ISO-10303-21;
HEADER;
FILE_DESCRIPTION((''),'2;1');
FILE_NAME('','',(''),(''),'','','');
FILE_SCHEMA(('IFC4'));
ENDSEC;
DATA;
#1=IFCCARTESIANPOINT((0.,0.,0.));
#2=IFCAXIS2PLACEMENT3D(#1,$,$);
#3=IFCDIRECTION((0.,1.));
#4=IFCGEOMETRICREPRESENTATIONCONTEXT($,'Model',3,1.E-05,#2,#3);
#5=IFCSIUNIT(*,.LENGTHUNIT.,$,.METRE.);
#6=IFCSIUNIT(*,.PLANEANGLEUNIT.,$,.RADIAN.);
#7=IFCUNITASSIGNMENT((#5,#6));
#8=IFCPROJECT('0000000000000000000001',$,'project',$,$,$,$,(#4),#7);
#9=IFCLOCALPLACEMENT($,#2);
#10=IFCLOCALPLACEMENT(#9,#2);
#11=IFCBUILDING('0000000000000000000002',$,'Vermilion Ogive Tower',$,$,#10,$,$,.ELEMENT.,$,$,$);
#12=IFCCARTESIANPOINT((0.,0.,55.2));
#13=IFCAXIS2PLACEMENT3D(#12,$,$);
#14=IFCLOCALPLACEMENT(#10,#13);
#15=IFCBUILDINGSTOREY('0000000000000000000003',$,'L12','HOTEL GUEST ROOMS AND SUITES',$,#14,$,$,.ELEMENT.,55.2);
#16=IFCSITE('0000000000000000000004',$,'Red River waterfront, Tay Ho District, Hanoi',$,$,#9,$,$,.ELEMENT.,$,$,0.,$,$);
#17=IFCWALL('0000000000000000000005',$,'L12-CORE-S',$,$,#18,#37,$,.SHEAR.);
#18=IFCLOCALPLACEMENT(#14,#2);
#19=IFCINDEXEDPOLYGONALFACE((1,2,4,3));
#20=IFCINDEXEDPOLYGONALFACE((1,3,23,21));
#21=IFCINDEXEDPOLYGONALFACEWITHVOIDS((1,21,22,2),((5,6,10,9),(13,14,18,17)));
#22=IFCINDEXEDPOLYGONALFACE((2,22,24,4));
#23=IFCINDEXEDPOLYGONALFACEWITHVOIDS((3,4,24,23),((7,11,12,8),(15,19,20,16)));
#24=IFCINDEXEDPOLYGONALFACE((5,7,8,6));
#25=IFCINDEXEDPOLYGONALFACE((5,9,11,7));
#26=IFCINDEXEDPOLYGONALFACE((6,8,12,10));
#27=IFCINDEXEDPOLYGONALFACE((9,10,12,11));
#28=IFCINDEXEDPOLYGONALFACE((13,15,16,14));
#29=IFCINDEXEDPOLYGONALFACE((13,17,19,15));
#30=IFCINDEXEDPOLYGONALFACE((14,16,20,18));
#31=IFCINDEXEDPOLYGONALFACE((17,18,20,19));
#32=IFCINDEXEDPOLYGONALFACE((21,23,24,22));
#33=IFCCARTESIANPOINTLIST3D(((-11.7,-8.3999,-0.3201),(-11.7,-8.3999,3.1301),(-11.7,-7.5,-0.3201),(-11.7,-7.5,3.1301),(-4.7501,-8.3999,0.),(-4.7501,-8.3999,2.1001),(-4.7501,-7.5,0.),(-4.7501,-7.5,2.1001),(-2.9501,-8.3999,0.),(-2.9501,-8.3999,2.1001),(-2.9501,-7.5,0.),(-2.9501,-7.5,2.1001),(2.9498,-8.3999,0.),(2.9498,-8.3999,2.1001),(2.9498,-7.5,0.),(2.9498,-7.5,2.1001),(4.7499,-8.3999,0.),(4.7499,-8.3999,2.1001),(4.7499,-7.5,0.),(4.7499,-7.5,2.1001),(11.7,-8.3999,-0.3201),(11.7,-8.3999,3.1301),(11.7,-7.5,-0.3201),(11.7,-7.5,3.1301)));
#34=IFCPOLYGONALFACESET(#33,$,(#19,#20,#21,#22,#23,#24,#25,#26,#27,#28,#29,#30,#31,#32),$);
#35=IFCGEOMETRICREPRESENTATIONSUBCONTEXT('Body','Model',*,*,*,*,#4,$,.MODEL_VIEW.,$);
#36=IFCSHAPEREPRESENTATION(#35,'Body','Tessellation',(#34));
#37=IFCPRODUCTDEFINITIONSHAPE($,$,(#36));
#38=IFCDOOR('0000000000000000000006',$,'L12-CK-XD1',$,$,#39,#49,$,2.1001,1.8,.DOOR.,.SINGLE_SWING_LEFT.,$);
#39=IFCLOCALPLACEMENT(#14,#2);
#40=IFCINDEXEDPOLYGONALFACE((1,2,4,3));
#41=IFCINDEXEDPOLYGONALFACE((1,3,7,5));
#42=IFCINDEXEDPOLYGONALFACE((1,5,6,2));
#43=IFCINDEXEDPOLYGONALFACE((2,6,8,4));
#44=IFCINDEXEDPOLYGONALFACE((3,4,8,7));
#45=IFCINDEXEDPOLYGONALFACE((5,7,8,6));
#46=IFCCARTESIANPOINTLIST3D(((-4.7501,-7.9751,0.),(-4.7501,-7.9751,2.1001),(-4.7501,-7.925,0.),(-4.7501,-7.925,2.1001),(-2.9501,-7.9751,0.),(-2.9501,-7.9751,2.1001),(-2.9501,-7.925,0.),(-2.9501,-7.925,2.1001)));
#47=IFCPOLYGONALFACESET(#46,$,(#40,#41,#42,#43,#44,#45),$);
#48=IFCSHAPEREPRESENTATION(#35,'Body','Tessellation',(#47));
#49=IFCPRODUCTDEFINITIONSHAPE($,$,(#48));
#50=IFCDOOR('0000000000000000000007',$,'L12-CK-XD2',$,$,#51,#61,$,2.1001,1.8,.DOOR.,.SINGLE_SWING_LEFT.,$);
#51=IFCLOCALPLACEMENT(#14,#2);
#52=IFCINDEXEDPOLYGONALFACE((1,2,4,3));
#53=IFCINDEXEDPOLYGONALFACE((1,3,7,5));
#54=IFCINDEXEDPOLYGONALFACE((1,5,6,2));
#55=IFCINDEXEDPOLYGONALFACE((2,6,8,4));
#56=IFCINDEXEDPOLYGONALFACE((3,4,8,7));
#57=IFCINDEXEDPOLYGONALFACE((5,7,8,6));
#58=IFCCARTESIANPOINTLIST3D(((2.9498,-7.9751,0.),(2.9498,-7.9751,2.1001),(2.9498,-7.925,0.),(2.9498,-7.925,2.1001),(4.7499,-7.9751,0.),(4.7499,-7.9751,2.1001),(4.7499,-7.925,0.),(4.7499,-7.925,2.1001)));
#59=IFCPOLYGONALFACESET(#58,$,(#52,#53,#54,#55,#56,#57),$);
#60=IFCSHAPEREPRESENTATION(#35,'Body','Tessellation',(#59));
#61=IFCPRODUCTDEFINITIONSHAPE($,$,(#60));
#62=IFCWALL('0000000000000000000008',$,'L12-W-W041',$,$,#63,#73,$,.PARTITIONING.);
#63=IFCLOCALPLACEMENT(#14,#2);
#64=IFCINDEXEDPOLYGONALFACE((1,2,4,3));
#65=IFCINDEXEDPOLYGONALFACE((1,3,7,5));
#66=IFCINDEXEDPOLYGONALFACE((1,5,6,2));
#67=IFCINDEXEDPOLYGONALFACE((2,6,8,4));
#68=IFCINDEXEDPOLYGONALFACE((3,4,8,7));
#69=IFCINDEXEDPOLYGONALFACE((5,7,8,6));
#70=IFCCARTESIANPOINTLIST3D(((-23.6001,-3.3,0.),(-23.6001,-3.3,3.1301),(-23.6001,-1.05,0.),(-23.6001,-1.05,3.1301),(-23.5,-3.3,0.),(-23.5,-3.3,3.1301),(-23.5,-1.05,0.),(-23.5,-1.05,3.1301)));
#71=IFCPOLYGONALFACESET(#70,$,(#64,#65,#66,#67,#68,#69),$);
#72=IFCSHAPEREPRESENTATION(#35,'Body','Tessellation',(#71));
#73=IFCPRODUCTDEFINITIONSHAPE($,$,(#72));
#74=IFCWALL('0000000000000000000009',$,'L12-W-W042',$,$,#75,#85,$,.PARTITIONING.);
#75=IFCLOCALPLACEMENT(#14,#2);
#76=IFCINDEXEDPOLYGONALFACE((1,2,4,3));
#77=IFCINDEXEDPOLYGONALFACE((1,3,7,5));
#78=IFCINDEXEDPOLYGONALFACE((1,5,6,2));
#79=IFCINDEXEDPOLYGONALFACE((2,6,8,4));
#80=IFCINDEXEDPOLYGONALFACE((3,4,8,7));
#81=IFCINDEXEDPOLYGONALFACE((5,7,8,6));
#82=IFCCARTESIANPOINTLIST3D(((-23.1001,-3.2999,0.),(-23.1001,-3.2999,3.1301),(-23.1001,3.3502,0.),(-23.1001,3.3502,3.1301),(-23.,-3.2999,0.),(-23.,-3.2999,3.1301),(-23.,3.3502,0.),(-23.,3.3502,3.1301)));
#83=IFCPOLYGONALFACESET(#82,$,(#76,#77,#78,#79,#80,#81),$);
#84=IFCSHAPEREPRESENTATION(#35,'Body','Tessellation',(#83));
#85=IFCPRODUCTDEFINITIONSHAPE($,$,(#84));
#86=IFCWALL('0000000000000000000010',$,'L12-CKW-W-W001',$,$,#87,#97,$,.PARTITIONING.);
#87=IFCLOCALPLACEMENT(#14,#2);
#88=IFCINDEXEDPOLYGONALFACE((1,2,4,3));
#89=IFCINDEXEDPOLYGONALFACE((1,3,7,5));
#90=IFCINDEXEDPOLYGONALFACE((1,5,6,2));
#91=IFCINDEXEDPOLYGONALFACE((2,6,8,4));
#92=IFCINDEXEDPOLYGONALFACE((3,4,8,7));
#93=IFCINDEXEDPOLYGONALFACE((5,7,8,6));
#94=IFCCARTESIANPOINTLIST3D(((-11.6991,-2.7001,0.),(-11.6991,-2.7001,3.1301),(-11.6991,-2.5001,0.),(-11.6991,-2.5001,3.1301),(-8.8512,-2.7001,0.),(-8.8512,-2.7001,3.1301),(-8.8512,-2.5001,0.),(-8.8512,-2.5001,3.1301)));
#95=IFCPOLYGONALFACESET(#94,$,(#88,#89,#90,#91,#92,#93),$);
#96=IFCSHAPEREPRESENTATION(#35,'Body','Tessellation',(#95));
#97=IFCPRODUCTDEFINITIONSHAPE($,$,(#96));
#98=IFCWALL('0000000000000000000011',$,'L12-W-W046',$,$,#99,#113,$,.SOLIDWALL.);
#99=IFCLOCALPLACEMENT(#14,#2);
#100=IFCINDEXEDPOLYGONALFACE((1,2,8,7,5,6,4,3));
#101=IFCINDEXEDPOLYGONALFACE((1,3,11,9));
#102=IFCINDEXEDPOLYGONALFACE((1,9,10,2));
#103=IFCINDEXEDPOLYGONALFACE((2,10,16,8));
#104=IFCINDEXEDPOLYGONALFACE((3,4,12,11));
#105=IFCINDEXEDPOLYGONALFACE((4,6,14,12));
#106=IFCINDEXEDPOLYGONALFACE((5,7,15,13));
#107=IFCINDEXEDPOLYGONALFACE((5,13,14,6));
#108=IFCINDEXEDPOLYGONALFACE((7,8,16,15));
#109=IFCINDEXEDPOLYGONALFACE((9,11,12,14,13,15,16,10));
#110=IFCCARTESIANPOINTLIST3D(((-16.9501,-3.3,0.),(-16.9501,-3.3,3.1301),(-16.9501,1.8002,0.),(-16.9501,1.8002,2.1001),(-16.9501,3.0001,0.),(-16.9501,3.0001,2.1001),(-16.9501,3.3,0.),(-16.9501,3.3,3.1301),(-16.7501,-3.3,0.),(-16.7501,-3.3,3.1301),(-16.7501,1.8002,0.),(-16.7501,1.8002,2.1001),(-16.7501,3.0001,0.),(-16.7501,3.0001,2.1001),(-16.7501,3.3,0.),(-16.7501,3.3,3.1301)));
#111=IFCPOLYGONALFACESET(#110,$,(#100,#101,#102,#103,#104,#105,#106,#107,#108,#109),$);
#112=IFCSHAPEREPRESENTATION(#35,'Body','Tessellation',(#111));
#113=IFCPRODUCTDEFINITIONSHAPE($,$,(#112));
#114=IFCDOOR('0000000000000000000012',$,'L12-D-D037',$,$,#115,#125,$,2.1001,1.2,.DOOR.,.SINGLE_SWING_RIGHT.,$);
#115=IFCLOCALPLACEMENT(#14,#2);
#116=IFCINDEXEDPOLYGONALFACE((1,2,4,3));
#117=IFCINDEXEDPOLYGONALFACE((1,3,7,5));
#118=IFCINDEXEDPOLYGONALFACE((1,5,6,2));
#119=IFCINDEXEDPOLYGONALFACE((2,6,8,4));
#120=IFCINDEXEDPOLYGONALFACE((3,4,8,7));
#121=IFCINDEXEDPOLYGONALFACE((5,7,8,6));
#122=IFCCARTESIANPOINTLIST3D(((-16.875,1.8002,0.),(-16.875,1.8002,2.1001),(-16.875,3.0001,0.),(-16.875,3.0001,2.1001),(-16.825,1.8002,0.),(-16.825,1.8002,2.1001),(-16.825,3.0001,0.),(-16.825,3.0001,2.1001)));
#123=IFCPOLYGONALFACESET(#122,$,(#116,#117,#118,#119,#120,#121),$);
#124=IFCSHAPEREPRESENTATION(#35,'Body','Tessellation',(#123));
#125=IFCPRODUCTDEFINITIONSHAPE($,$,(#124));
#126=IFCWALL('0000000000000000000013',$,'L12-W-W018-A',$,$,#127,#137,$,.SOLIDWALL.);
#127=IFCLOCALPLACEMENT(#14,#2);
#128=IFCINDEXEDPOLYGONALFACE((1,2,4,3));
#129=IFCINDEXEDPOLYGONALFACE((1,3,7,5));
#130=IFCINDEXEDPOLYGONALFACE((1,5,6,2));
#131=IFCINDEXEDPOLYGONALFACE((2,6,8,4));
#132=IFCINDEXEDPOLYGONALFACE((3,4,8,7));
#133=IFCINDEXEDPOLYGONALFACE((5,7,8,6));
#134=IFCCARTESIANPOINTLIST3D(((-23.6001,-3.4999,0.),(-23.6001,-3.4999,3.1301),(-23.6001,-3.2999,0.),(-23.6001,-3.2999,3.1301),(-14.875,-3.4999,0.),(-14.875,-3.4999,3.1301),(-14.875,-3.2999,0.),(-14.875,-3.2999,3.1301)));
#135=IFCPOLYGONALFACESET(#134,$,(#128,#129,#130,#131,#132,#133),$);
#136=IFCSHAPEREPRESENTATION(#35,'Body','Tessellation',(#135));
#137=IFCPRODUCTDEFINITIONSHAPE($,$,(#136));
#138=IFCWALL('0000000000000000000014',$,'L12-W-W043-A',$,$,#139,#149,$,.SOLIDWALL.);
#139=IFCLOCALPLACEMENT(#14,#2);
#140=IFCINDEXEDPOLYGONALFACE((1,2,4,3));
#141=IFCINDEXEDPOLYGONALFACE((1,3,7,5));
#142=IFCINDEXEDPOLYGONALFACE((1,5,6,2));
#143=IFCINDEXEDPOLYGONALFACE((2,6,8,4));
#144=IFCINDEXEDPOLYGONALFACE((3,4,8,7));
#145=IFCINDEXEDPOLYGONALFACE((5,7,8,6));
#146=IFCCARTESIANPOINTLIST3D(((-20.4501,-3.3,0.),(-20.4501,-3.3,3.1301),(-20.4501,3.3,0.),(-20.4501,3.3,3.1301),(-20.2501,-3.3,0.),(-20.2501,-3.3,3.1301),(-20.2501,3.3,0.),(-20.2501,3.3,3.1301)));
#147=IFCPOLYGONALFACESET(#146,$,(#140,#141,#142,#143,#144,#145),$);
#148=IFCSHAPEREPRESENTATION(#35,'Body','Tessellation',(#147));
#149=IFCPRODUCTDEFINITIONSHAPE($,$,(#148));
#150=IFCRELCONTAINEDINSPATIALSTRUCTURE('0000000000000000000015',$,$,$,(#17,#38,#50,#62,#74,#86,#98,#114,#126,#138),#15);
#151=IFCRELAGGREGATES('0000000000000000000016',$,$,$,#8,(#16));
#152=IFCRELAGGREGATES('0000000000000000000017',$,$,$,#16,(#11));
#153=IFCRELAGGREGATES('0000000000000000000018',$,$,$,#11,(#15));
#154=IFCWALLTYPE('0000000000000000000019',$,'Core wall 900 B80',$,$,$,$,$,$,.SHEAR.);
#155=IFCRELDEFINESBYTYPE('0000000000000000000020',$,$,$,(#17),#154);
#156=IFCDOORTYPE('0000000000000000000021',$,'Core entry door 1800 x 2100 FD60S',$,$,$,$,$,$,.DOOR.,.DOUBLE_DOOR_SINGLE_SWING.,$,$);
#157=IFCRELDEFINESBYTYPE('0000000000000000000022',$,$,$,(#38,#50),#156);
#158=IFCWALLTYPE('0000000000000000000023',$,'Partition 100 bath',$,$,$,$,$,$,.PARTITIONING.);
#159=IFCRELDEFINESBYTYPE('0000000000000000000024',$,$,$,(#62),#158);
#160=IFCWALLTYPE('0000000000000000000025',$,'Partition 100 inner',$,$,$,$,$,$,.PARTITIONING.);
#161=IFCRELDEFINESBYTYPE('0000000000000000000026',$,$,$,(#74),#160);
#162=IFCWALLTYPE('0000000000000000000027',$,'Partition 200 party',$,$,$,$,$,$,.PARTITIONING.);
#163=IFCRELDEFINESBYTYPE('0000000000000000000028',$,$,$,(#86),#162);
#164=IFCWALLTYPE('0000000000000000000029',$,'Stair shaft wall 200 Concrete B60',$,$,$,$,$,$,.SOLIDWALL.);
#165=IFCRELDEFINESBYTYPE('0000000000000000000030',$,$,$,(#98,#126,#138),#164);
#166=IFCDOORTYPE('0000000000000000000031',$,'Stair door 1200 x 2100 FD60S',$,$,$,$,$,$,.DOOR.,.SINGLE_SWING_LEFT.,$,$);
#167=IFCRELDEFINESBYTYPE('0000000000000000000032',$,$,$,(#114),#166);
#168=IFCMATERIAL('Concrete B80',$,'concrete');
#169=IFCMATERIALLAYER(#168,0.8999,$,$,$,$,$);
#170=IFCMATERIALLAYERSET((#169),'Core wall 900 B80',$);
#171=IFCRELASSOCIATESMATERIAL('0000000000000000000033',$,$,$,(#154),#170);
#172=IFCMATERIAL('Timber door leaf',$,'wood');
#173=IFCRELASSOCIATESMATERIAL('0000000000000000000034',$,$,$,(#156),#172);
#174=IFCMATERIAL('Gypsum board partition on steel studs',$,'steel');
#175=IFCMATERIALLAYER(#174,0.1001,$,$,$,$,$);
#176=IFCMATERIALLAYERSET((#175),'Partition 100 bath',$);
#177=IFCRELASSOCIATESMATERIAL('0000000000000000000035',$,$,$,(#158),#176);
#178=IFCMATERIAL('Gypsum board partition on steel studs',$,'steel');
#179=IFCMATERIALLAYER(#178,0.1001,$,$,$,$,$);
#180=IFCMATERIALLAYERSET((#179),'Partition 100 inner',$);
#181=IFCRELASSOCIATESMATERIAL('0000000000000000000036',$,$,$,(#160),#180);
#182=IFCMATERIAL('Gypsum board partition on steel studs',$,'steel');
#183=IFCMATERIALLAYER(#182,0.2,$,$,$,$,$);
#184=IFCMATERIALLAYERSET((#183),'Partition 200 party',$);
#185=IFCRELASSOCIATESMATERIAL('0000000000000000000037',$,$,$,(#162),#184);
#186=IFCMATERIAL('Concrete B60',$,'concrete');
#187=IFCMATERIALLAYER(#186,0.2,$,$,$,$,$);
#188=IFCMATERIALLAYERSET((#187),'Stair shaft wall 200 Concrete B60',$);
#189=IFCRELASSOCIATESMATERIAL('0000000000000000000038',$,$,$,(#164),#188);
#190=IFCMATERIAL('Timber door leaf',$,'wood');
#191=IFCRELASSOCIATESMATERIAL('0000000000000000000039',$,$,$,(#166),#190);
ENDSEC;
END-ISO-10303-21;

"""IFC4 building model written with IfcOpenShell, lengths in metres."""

from ifc_helpers import new_model, si_unit, direction, frame, frame_2d, origin, place, context, subcontext, project, spatial, rectangle, extrude, material, layer, layer_set, type_object, element, fill, save


model = new_model("IFC4")

# Units and contexts
model_context = context("Model", 3, precision=1e-05, world=origin(), true_north=direction((0.0, 1.0)))
body_context = subcontext(model_context, "Body", "Model", "MODEL_VIEW")
ifc_project = project(units=[si_unit("LENGTHUNIT", "METRE"), si_unit("PLANEANGLEUNIT", "RADIAN")], contexts=[model_context])

# Site, building, storey
site_placement = place(None, origin())
site = spatial("IfcSite", under=ifc_project, at=site_placement, Name="Red River waterfront, Tay Ho District, Hanoi", CompositionType="ELEMENT", RefElevation=0.0)
building_placement = place(site_placement, origin())
building = spatial("IfcBuilding", under=site, at=building_placement, Name="Vermilion Ogive Tower", CompositionType="ELEMENT")
storey_placement = place(building_placement, frame((0.0, 0.0, 55.2)))
storey = spatial("IfcBuildingStorey", under=building, at=storey_placement, Name="L12", Description="HOTEL GUEST ROOMS AND SUITES", CompositionType="ELEMENT", Elevation=55.2)

# Wall, openings, doors
ifc_material_1 = material(Name="Concrete B80", Category="concrete")
ifc_layer_1 = layer(ifc_material_1, 0.8999)
ifc_layer_set_1 = layer_set([ifc_layer_1], Name="Core wall 900 B80")
wall_type_1 = type_object("IfcWallType", Name="Core wall 900 B80", PredefinedType="SHEAR", material=ifc_layer_set_1)
wall_1_placement = place(storey_placement, frame((-11.7, -7.95, -0.3201), z_axis=(0.0, 0.0, 1.0), x_axis=(1.0, 0.0, 0.0)))
wall_1 = element("IfcWall", 1, at=wall_1_placement, inside=storey, type_object=wall_type_1, Name="L12-CORE-S", PredefinedType="SHEAR", context=body_context, shape_type="SweptSolid", body=[
    extrude(rectangle(XDim=23.3999, YDim=0.8999, at=frame_2d((11.7, 0.0))), origin(), (0.0, 0.0, 1.0), 3.4502),
])
opening_1_placement = place(wall_1_placement, frame((6.95, 0.0, 0.3201)))
opening_1 = element("IfcOpeningElement", 2, at=opening_1_placement, cuts=wall_1, PredefinedType="OPENING", context=body_context, shape_type="SweptSolid", body=[
    extrude(rectangle(XDim=1.8, YDim=2.1001, at=frame_2d((0.8999, 1.05))), frame((0.0, 0.46, 0.0), z_axis=(0.0, -1.0, 0.0), x_axis=(1.0, 0.0, 0.0)), (0.0, 0.0, 1.0), 0.9199),
])
opening_2_placement = place(wall_1_placement, frame((14.6499, 0.0, 0.3201)))
opening_2 = element("IfcOpeningElement", 3, at=opening_2_placement, cuts=wall_1, PredefinedType="OPENING", context=body_context, shape_type="SweptSolid", body=[
    extrude(rectangle(XDim=1.8, YDim=2.1001, at=frame_2d((0.8999, 1.05))), frame((0.0, 0.46, 0.0), z_axis=(0.0, -1.0, 0.0), x_axis=(1.0, 0.0, 0.0)), (0.0, 0.0, 1.0), 0.9199),
])
ifc_material_2 = material(Name="Timber door leaf", Category="wood")
door_type_1 = type_object("IfcDoorType", Name="Core entry door 1800 x 2100 FD60S", OperationType="DOUBLE_DOOR_SINGLE_SWING", PredefinedType="DOOR", material=ifc_material_2)
door_1_placement = place(opening_1_placement, origin())
door_1 = element("IfcDoor", 4, at=door_1_placement, inside=storey, type_object=door_type_1, Name="L12-CK-XD1", OperationType="SINGLE_SWING_LEFT", OverallHeight=2.1001, OverallWidth=1.8, PredefinedType="DOOR", context=body_context, shape_type="SweptSolid", body=[
    extrude(rectangle(XDim=1.8, YDim=2.1001, at=frame_2d((0.8999, 1.05))), frame((0.0, 0.0249, 0.0), z_axis=(0.0, -1.0, 0.0), x_axis=(1.0, 0.0, 0.0)), (0.0, 0.0, 1.0), 0.05),
])
fill(opening_1, door_1)
door_2_placement = place(opening_2_placement, origin())
door_2 = element("IfcDoor", 5, at=door_2_placement, inside=storey, type_object=door_type_1, Name="L12-CK-XD2", OperationType="SINGLE_SWING_LEFT", OverallHeight=2.1001, OverallWidth=1.8, PredefinedType="DOOR", context=body_context, shape_type="SweptSolid", body=[
    extrude(rectangle(XDim=1.8, YDim=2.1001, at=frame_2d((0.8999, 1.05))), frame((0.0, 0.0249, 0.0), z_axis=(0.0, -1.0, 0.0), x_axis=(1.0, 0.0, 0.0)), (0.0, 0.0, 1.0), 0.05),
])
fill(opening_2, door_2)

# Walls
ifc_material_3 = material(Name="Gypsum board partition on steel studs", Category="steel")
ifc_layer_2 = layer(ifc_material_3, 0.1001)
ifc_layer_set_2 = layer_set([ifc_layer_2], Name="Partition 100 bath")
wall_type_2 = type_object("IfcWallType", Name="Partition 100 bath", PredefinedType="PARTITIONING", material=ifc_layer_set_2)
wall_2_placement = place(storey_placement, frame((-23.55, -3.3, 0.0), z_axis=(0.0, 0.0, 1.0), x_axis=(0.0, 1.0, 0.0)))
element("IfcWall", 6, at=wall_2_placement, inside=storey, type_object=wall_type_2, Name="L12-W-W041", PredefinedType="PARTITIONING", context=body_context, shape_type="SweptSolid", body=[
    extrude(rectangle(XDim=2.25, YDim=0.1001, at=frame_2d((1.125, 0.0))), origin(), (0.0, 0.0, 1.0), 3.1301),
])
ifc_material_4 = material(Name="Gypsum board partition on steel studs", Category="steel")
ifc_layer_3 = layer(ifc_material_4, 0.1001)
ifc_layer_set_3 = layer_set([ifc_layer_3], Name="Partition 100 inner")
wall_type_3 = type_object("IfcWallType", Name="Partition 100 inner", PredefinedType="PARTITIONING", material=ifc_layer_set_3)
wall_3_placement = place(storey_placement, frame((-23.05, -3.3, 0.0), z_axis=(0.0, 0.0, 1.0), x_axis=(0.0, 1.0, 0.0)))
element("IfcWall", 7, at=wall_3_placement, inside=storey, type_object=wall_type_3, Name="L12-W-W042", PredefinedType="PARTITIONING", context=body_context, shape_type="SweptSolid", body=[
    extrude(rectangle(XDim=6.6501, YDim=0.1001, at=frame_2d((3.3252, 0.0))), origin(), (0.0, 0.0, 1.0), 3.1301),
])
ifc_material_5 = material(Name="Gypsum board partition on steel studs", Category="steel")
ifc_layer_4 = layer(ifc_material_5, 0.2)
ifc_layer_set_4 = layer_set([ifc_layer_4], Name="Partition 200 party")
wall_type_4 = type_object("IfcWallType", Name="Partition 200 party", PredefinedType="PARTITIONING", material=ifc_layer_set_4)
wall_4_placement = place(storey_placement, frame((-11.699, -2.6001, 0.0), z_axis=(0.0, 0.0, 1.0), x_axis=(1.0, 0.0, 0.0)))
element("IfcWall", 8, at=wall_4_placement, inside=storey, type_object=wall_type_4, Name="L12-CKW-W-W001", PredefinedType="PARTITIONING", context=body_context, shape_type="SweptSolid", body=[
    extrude(rectangle(XDim=2.8479, YDim=0.2, at=frame_2d((1.4238, 0.0))), origin(), (0.0, 0.0, 1.0), 3.1301),
])

# Wall, opening, door
ifc_material_6 = material(Name="Concrete B60", Category="concrete")
ifc_layer_5 = layer(ifc_material_6, 0.2)
ifc_layer_set_5 = layer_set([ifc_layer_5], Name="Stair shaft wall 200 Concrete B60")
wall_type_5 = type_object("IfcWallType", Name="Stair shaft wall 200 Concrete B60", PredefinedType="SOLIDWALL", material=ifc_layer_set_5)
wall_5_placement = place(storey_placement, frame((-16.8501, -3.3, 0.0), z_axis=(0.0, 0.0, 1.0), x_axis=(0.0, 1.0, 0.0)))
wall_5 = element("IfcWall", 9, at=wall_5_placement, inside=storey, type_object=wall_type_5, Name="L12-W-W046", PredefinedType="SOLIDWALL", context=body_context, shape_type="SweptSolid", body=[
    extrude(rectangle(XDim=6.6001, YDim=0.2, at=frame_2d((3.3, 0.0))), origin(), (0.0, 0.0, 1.0), 3.1301),
])
opening_3_placement = place(wall_5_placement, frame((5.1001, 0.0, 0.0)))
opening_3 = element("IfcOpeningElement", 10, at=opening_3_placement, cuts=wall_5, PredefinedType="OPENING", context=body_context, shape_type="SweptSolid", body=[
    extrude(rectangle(XDim=1.2, YDim=2.1001, at=frame_2d((0.6001, 1.05))), frame((0.0, 0.1099, 0.0), z_axis=(0.0, -1.0, 0.0), x_axis=(1.0, 0.0, 0.0)), (0.0, 0.0, 1.0), 0.22),
])
ifc_material_7 = material(Name="Timber door leaf", Category="wood")
door_type_2 = type_object("IfcDoorType", Name="Stair door 1200 x 2100 FD60S", OperationType="SINGLE_SWING_LEFT", PredefinedType="DOOR", material=ifc_material_7)
door_3_placement = place(opening_3_placement, origin())
door_3 = element("IfcDoor", 11, at=door_3_placement, inside=storey, type_object=door_type_2, Name="L12-D-D037", OperationType="SINGLE_SWING_RIGHT", OverallHeight=2.1001, OverallWidth=1.2, PredefinedType="DOOR", context=body_context, shape_type="SweptSolid", body=[
    extrude(rectangle(XDim=1.2, YDim=2.1001, at=frame_2d((0.6001, 1.05))), frame((0.0, 0.0249, 0.0), z_axis=(0.0, -1.0, 0.0), x_axis=(1.0, 0.0, 0.0)), (0.0, 0.0, 1.0), 0.05),
])
fill(opening_3, door_3)

# Walls
wall_6_placement = place(storey_placement, frame((-23.6001, -3.3999, 0.0), z_axis=(0.0, 0.0, 1.0), x_axis=(1.0, 0.0, 0.0)))
element("IfcWall", 12, at=wall_6_placement, inside=storey, type_object=wall_type_5, Name="L12-W-W018-A", PredefinedType="SOLIDWALL", context=body_context, shape_type="SweptSolid", body=[
    extrude(rectangle(XDim=8.7251, YDim=0.2, at=frame_2d((4.3625, 0.0))), origin(), (0.0, 0.0, 1.0), 3.1301),
])
wall_7_placement = place(storey_placement, frame((-20.3501, -3.3, 0.0), z_axis=(0.0, 0.0, 1.0), x_axis=(0.0, 1.0, 0.0)))
element("IfcWall", 13, at=wall_7_placement, inside=storey, type_object=wall_type_5, Name="L12-W-W043-A", PredefinedType="SOLIDWALL", context=body_context, shape_type="SweptSolid", body=[
    extrude(rectangle(XDim=6.6001, YDim=0.2, at=frame_2d((3.3, 0.0))), origin(), (0.0, 0.0, 1.0), 3.1301),
])

save(model, "model.ifc")
